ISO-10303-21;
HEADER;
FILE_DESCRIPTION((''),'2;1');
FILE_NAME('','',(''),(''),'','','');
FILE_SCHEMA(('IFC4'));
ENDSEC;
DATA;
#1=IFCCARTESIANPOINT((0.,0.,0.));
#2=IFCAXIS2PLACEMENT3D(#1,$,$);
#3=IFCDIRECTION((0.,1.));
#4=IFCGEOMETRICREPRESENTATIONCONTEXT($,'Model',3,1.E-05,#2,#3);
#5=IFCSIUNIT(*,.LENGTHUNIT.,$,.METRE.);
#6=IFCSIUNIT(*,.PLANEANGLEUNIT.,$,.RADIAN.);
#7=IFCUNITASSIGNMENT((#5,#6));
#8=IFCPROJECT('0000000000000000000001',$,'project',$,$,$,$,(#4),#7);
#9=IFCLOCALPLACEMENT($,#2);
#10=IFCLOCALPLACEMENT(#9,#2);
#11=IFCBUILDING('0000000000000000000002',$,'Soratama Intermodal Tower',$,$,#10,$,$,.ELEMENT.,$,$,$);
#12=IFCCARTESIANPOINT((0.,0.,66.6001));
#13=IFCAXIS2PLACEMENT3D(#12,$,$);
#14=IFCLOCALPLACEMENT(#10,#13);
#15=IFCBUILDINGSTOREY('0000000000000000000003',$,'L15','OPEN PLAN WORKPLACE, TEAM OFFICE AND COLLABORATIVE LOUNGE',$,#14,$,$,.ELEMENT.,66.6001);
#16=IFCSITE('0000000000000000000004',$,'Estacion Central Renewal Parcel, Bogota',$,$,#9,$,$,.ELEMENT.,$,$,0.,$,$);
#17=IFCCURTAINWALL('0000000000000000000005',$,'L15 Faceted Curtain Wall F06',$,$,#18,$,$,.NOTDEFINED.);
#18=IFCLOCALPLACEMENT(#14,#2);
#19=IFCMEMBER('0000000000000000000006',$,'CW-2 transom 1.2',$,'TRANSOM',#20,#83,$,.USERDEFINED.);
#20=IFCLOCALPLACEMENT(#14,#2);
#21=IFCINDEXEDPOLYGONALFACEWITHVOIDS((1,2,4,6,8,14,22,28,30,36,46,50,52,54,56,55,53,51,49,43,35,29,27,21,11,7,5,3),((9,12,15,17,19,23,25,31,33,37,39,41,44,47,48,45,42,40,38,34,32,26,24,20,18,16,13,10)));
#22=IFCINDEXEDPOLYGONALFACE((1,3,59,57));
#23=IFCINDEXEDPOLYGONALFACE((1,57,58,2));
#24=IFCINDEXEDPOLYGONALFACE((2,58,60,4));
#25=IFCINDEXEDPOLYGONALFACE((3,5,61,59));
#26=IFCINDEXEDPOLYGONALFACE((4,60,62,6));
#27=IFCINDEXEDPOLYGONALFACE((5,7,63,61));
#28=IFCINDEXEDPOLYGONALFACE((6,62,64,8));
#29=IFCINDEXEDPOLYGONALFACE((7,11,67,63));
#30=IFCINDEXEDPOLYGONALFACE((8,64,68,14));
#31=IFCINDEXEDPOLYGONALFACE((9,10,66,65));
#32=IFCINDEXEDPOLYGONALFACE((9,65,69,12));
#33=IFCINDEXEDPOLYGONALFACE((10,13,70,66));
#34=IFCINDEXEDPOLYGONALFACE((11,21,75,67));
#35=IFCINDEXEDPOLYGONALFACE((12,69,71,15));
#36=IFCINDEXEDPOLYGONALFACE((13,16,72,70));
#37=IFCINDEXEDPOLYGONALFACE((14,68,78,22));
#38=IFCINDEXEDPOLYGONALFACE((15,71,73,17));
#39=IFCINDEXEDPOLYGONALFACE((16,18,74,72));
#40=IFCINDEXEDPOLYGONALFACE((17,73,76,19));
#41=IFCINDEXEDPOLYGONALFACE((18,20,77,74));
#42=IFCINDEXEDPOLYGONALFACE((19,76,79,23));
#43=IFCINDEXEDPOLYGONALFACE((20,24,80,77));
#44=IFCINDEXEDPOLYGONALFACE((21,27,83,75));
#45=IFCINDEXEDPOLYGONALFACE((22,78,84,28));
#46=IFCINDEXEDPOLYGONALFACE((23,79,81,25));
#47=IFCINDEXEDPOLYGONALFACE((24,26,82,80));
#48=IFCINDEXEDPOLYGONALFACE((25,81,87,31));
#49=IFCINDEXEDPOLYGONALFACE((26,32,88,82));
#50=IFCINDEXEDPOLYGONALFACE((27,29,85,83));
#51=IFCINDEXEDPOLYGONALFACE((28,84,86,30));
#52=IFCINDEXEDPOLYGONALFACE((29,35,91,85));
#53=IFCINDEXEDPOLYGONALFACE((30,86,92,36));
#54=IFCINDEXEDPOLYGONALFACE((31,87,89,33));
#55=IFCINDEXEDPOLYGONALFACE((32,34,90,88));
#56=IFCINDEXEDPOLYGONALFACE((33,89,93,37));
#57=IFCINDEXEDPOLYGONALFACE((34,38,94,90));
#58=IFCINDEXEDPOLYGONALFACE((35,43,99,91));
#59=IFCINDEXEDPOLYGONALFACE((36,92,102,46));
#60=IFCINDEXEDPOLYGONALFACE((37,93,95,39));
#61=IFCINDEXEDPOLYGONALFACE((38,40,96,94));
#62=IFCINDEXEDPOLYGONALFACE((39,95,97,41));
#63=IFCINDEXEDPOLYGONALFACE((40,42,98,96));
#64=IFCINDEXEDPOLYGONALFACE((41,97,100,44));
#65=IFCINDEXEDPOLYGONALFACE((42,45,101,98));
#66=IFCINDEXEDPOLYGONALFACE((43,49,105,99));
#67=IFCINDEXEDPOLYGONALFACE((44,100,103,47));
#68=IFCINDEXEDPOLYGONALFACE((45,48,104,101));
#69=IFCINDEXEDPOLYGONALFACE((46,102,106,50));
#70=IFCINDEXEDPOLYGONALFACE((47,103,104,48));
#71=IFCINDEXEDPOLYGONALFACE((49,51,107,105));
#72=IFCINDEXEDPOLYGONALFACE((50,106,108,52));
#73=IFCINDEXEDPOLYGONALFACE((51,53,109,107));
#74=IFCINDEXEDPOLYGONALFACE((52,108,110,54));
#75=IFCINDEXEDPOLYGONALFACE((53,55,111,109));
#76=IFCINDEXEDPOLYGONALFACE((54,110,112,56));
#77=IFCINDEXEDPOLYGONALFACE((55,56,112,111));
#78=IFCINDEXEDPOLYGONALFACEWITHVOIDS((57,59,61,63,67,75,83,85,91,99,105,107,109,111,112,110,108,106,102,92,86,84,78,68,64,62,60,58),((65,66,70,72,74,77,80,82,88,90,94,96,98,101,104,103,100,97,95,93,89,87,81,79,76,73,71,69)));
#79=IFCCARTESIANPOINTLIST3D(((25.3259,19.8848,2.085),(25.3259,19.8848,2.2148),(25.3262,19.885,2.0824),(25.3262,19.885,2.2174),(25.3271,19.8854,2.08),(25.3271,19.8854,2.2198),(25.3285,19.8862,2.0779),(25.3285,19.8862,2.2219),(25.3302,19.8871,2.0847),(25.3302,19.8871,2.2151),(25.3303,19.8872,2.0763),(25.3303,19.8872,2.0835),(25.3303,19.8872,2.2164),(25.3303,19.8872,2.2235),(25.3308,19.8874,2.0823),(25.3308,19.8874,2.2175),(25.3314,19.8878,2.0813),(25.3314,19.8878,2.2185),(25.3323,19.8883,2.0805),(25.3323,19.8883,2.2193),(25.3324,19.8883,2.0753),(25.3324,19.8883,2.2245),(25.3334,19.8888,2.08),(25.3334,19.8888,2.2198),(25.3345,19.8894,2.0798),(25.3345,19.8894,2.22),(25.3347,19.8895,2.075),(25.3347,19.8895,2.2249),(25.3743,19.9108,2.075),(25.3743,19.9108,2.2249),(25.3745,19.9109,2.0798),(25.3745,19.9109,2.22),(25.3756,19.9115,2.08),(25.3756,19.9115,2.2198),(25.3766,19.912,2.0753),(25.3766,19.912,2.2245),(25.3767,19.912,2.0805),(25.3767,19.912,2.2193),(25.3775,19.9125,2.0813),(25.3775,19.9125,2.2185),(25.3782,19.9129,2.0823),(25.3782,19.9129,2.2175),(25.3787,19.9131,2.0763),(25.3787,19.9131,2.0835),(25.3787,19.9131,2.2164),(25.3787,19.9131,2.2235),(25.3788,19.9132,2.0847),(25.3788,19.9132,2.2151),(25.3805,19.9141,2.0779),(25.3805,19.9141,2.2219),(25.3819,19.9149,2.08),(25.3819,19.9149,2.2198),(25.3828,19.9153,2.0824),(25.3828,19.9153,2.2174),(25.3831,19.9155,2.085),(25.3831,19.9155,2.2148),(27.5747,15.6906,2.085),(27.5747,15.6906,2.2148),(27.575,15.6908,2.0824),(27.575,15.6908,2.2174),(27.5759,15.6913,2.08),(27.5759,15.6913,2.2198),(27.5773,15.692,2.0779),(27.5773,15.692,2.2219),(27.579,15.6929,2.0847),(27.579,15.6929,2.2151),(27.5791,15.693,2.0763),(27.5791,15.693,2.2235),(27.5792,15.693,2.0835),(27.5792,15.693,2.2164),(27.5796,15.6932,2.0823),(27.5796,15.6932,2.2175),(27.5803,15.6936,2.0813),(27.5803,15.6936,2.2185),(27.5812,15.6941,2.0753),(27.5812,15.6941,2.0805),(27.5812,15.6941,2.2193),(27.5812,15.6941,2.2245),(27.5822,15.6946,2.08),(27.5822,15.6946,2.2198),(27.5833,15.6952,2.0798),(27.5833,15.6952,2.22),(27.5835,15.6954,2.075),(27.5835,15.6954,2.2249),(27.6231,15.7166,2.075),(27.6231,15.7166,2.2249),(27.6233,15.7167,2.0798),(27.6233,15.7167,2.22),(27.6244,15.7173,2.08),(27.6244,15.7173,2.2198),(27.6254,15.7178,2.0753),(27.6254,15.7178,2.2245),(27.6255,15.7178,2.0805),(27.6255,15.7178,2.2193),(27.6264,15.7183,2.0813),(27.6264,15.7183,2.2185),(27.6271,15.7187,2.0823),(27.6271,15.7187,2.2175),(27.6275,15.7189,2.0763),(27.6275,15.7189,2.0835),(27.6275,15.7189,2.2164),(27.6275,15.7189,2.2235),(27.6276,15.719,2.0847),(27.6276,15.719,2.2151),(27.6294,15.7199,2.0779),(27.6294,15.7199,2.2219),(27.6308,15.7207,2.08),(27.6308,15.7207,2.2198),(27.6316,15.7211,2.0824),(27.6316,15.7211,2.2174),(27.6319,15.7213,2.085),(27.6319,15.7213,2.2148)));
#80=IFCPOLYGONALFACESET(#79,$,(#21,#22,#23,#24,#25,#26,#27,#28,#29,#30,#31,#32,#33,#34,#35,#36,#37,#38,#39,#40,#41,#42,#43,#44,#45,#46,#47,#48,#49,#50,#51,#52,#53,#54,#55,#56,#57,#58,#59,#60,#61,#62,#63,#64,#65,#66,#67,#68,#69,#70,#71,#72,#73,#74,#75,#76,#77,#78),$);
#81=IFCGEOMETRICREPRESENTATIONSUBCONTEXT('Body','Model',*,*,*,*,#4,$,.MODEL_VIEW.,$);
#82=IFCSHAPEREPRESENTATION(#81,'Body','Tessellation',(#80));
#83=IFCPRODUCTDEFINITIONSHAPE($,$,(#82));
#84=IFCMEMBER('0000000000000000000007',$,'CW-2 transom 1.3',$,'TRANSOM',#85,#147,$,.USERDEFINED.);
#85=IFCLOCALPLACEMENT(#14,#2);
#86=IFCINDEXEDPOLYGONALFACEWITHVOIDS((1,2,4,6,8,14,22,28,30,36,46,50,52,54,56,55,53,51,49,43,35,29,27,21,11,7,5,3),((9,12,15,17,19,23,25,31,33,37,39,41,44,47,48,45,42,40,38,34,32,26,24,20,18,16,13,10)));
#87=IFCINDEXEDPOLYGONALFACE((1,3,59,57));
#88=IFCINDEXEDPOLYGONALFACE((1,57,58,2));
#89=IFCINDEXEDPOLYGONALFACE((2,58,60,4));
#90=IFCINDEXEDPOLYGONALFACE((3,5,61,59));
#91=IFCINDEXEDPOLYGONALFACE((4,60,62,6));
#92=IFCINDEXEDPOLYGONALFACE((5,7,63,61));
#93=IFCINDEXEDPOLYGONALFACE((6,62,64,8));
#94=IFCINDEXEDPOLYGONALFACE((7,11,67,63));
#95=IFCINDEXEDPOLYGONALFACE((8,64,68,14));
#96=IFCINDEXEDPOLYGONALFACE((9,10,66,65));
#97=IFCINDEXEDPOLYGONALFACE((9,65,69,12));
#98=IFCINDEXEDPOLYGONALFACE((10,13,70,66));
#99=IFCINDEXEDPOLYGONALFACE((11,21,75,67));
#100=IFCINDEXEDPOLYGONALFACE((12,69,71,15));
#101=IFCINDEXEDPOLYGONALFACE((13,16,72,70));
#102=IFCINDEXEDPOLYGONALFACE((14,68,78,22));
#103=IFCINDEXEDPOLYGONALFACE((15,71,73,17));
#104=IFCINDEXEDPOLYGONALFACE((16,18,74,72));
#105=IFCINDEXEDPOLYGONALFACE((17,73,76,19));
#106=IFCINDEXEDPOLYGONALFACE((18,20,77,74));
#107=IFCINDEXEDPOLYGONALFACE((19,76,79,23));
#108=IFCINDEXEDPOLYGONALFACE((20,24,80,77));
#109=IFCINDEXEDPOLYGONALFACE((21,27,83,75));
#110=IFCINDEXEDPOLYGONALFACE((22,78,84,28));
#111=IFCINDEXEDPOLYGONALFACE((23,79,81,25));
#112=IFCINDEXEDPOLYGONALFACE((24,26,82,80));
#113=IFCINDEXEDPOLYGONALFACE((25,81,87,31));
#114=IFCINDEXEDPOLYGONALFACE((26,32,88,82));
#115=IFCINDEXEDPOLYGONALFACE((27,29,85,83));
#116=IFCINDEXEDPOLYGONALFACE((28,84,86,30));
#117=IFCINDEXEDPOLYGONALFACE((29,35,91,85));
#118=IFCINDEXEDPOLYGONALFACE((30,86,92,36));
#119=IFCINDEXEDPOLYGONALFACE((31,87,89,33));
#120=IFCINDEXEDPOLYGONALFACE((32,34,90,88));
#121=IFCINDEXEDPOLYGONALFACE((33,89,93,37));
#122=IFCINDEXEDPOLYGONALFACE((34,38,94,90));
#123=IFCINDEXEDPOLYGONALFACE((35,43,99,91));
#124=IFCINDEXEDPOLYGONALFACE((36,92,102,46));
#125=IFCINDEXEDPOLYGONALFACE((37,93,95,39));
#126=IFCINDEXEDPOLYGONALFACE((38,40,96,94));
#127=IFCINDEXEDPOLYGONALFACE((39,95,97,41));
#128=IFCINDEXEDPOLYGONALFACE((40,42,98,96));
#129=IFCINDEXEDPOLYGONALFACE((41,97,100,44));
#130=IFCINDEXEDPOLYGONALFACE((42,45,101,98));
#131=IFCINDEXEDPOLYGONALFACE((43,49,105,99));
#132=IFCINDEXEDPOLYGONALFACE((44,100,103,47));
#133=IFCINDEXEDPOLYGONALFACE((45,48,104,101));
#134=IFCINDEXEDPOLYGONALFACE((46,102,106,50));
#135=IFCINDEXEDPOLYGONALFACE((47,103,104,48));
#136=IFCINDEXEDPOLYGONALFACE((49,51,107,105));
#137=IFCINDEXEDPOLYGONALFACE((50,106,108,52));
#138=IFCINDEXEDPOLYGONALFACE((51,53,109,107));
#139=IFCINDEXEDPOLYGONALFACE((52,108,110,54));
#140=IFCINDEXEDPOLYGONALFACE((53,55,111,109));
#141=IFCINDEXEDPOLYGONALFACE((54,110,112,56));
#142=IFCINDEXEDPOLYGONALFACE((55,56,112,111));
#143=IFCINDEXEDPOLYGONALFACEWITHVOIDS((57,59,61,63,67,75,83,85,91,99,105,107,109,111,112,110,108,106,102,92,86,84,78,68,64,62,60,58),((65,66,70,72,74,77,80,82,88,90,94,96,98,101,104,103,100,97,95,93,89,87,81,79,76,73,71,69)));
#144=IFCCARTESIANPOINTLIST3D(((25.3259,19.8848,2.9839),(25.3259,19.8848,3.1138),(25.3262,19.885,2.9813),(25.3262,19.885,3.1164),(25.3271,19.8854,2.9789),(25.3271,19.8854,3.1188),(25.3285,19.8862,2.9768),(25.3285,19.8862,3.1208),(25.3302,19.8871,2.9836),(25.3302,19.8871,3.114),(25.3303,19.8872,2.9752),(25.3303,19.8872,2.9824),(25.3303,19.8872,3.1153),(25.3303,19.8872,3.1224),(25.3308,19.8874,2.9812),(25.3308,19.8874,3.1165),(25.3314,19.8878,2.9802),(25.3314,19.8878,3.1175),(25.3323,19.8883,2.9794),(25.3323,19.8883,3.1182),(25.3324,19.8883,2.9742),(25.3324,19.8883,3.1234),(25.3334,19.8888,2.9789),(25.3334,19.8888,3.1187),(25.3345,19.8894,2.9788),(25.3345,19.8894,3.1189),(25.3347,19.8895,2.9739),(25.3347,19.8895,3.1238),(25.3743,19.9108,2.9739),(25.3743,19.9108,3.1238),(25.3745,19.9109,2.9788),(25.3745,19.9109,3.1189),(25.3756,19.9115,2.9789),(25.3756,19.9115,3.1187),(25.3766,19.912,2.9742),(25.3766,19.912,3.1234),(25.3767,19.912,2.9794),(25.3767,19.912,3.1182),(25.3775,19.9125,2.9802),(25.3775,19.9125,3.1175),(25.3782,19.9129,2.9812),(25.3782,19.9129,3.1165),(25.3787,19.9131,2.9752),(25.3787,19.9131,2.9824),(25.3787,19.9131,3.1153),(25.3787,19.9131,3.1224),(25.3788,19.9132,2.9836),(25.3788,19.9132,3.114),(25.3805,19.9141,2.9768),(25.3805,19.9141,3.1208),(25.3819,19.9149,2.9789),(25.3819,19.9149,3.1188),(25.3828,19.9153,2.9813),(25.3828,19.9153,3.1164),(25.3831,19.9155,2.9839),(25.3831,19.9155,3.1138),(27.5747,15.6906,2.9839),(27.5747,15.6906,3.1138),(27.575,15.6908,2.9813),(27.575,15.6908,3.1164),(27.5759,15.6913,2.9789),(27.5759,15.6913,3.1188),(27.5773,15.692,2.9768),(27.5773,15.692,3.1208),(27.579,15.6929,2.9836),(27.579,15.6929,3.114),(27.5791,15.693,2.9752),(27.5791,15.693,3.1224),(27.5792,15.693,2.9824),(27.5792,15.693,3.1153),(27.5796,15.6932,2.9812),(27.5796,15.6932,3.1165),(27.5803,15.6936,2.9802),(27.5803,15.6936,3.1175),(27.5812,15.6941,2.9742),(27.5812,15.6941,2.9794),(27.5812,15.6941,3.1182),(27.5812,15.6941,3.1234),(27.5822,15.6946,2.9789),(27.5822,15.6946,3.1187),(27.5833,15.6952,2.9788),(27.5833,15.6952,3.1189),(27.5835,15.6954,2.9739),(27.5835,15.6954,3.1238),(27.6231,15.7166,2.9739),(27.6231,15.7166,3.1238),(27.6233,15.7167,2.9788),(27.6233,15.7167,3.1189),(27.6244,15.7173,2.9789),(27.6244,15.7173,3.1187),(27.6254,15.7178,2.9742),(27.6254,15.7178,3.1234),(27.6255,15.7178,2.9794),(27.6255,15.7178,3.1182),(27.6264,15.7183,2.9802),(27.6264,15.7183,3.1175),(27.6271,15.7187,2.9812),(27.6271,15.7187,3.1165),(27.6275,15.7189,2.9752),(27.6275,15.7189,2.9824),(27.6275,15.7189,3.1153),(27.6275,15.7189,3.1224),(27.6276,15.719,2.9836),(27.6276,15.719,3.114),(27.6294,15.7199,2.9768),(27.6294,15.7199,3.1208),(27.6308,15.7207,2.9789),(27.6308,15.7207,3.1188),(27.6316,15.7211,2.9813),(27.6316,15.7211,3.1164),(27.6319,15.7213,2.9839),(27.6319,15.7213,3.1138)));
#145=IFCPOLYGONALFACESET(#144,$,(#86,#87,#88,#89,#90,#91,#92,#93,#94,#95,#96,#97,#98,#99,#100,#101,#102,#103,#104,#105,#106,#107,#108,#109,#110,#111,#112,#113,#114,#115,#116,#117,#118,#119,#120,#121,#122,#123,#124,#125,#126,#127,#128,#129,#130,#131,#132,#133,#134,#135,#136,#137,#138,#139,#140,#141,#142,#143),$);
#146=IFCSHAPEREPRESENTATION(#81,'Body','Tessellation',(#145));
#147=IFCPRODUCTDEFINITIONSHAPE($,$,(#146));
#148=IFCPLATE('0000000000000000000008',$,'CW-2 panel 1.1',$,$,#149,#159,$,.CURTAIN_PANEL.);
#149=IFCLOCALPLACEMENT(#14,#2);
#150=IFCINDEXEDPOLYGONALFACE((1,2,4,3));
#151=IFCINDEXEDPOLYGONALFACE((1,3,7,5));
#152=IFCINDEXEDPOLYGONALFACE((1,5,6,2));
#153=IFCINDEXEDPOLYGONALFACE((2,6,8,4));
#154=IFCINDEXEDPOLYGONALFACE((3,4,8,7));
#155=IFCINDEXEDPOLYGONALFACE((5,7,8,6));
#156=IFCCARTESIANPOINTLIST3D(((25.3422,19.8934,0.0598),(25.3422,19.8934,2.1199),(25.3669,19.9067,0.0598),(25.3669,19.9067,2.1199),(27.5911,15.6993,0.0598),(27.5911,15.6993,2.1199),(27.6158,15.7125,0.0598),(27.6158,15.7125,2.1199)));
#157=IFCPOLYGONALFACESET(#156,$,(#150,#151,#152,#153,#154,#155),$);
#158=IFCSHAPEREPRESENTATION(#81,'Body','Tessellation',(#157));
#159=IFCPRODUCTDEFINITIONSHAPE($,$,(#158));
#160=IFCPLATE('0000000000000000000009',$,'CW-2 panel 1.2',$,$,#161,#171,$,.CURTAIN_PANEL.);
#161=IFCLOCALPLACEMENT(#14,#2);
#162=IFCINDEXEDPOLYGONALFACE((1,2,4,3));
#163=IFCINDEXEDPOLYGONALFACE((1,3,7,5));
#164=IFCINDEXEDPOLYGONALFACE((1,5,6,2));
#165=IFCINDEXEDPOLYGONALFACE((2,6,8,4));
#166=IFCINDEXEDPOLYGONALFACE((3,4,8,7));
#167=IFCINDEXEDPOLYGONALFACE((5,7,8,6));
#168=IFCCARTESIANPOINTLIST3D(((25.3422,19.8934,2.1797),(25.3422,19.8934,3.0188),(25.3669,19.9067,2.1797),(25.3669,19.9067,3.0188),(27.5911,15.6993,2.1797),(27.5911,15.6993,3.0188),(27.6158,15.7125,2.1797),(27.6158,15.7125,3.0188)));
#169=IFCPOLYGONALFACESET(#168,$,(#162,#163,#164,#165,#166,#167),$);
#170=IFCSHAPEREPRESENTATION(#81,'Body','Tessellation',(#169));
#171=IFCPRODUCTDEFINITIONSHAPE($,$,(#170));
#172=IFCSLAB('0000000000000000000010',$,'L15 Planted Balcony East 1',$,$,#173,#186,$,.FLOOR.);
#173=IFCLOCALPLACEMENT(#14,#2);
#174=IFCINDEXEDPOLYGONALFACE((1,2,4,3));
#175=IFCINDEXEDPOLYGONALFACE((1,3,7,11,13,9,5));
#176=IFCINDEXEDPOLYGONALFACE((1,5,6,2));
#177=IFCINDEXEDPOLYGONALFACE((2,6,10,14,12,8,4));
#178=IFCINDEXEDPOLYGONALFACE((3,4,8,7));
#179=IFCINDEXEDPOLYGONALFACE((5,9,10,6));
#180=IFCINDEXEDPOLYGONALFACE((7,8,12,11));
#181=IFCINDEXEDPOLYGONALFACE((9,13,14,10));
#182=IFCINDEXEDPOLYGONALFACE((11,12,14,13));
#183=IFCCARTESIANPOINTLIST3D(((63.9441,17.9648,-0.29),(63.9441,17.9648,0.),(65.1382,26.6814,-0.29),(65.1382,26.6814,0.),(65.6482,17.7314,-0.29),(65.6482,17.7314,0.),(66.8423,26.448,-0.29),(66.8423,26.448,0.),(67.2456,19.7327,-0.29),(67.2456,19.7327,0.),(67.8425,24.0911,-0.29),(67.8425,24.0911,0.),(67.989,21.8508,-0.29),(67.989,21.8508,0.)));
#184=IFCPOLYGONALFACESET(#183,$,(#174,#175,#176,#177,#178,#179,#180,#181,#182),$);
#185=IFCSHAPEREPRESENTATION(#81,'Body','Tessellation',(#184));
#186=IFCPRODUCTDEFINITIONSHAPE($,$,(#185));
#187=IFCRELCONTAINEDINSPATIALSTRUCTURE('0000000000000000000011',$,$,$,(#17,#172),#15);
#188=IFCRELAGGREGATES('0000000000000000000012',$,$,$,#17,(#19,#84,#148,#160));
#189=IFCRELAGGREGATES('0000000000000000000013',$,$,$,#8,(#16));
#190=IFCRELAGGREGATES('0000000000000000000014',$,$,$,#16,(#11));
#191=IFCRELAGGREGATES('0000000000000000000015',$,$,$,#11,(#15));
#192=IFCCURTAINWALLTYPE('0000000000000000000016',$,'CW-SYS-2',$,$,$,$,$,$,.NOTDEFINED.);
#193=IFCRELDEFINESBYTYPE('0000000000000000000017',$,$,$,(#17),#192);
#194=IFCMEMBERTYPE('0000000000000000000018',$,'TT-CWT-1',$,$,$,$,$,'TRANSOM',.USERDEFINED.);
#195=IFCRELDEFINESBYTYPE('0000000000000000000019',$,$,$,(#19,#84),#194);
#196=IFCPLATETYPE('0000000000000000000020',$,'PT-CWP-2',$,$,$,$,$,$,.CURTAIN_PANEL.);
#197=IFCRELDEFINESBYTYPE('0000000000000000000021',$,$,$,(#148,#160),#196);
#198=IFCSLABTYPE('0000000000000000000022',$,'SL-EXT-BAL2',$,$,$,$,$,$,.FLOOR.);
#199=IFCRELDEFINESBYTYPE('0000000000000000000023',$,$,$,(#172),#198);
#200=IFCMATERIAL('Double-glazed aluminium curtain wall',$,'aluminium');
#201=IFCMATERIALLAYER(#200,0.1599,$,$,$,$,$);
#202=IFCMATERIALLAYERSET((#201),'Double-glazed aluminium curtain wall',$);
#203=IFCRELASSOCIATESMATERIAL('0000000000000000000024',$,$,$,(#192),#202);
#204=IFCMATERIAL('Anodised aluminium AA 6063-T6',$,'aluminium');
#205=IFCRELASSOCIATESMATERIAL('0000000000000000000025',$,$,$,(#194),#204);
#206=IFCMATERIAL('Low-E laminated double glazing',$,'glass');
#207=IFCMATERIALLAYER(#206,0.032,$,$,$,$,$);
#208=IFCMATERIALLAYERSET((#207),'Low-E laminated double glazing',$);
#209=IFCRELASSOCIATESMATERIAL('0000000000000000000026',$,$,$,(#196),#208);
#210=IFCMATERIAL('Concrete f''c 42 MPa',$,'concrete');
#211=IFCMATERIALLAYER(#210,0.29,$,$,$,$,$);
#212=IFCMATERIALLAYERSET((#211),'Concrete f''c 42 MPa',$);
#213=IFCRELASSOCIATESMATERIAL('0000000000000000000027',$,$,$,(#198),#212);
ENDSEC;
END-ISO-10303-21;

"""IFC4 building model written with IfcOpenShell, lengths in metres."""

from ifc_helpers import new_model, si_unit, direction, frame, origin, origin_2d, place, context, subcontext, project, spatial, polyline, rectangle, hollow_rectangle, outline, extrude, material, layer, layer_set, material_profile, profile_set, type_object, element, aggregate, save


model = new_model("IFC4")

# Units and contexts
model_context = context("Model", 3, precision=1e-05, world=origin(), true_north=direction((0.0, 1.0)))
body_context = subcontext(model_context, "Body", "Model", "MODEL_VIEW")
ifc_project = project(units=[si_unit("LENGTHUNIT", "METRE"), si_unit("PLANEANGLEUNIT", "RADIAN")], contexts=[model_context])

# Site, building, storey
site_placement = place(None, origin())
site = spatial("IfcSite", under=ifc_project, at=site_placement, Name="Estacion Central Renewal Parcel, Bogota", CompositionType="ELEMENT", RefElevation=0.0)
building_placement = place(site_placement, origin())
building = spatial("IfcBuilding", under=site, at=building_placement, Name="Soratama Intermodal Tower", CompositionType="ELEMENT")
storey_placement = place(building_placement, frame((0.0, 0.0, 66.6001)))
storey = spatial("IfcBuildingStorey", under=building, at=storey_placement, Name="L15", Description="OPEN PLAN WORKPLACE, TEAM OFFICE AND COLLABORATIVE LOUNGE", CompositionType="ELEMENT", Elevation=66.6001)

# Curtain wall, members, plates
ifc_material_1 = material(Name="Double-glazed aluminium curtain wall", Category="aluminium")
ifc_layer_1 = layer(ifc_material_1, 0.1599)
ifc_layer_set_1 = layer_set([ifc_layer_1], Name="Double-glazed aluminium curtain wall")
curtain_wall_type = type_object("IfcCurtainWallType", Name="CW-SYS-2", PredefinedType="NOTDEFINED", material=ifc_layer_set_1)
curtain_wall_placement = place(storey_placement, origin())
curtain_wall = element("IfcCurtainWall", 1, at=curtain_wall_placement, inside=storey, type_object=curtain_wall_type, Name="L15 Faceted Curtain Wall F06", PredefinedType="NOTDEFINED")
ifc_material_2 = material(Name="Anodised aluminium AA 6063-T6", Category="aluminium")
ifc_material_profile_1 = material_profile(ifc_material_2, hollow_rectangle(XDim=0.0649, YDim=0.1499, WallThickness=0.0049, InnerFilletRadius=0.0049, OuterFilletRadius=0.01, at=origin_2d()), Name="CWT150X65X5")
ifc_profile_set_1 = profile_set([ifc_material_profile_1], Name="Anodised aluminium AA 6063-T6")
member_type_1 = type_object("IfcMemberType", Name="TT-CWT-1", ElementType="TRANSOM", PredefinedType="USERDEFINED", material=ifc_profile_set_1)
member_1_placement = place(storey_placement, frame((25.3545, 19.9001, 2.1499), z_axis=(0.472539, -0.88131, 0.0), x_axis=(0.88131, 0.472539, 0.0)))
member_1 = element("IfcMember", 2, at=member_1_placement, type_object=member_type_1, Name="CW-2 transom 1.2", ObjectType="TRANSOM", PredefinedType="USERDEFINED", context=body_context, shape_type="SweptSolid", body=[
    extrude(hollow_rectangle(XDim=0.0649, YDim=0.1499, WallThickness=0.0049, InnerFilletRadius=0.0049, OuterFilletRadius=0.01, at=origin_2d()), origin(), (0.0, 0.0, 1.0), 4.759),
])
member_2_placement = place(storey_placement, frame((25.3545, 19.9001, 3.0488), z_axis=(0.472539, -0.88131, 0.0), x_axis=(0.88131, 0.472539, 0.0)))
member_2 = element("IfcMember", 3, at=member_2_placement, type_object=member_type_1, Name="CW-2 transom 1.3", ObjectType="TRANSOM", PredefinedType="USERDEFINED", context=body_context, shape_type="SweptSolid", body=[
    extrude(hollow_rectangle(XDim=0.0649, YDim=0.1499, WallThickness=0.0049, InnerFilletRadius=0.0049, OuterFilletRadius=0.01, at=origin_2d()), origin(), (0.0, 0.0, 1.0), 4.759),
])
ifc_material_3 = material(Name="Low-E laminated double glazing", Category="glass")
ifc_layer_2 = layer(ifc_material_3, 0.032)
ifc_layer_set_2 = layer_set([ifc_layer_2], Name="Low-E laminated double glazing")
plate_type = type_object("IfcPlateType", Name="PT-CWP-2", PredefinedType="CURTAIN_PANEL", material=ifc_layer_set_2)
plate_1_placement = place(storey_placement, frame((26.479, 17.803, 0.0598), z_axis=(0.0, 0.0, 1.0), x_axis=(0.47255, -0.881304, 0.0)))
plate_1 = element("IfcPlate", 4, at=plate_1_placement, type_object=plate_type, Name="CW-2 panel 1.1", PredefinedType="CURTAIN_PANEL", context=body_context, shape_type="SweptSolid", body=[
    extrude(rectangle(XDim=4.759, YDim=0.0281, at=origin_2d()), origin(), (0.0, 0.0, 1.0), 2.0601),
])
plate_2_placement = place(storey_placement, frame((26.479, 17.803, 2.1797), z_axis=(0.0, 0.0, 1.0), x_axis=(0.47255, -0.881304, 0.0)))
plate_2 = element("IfcPlate", 5, at=plate_2_placement, type_object=plate_type, Name="CW-2 panel 1.2", PredefinedType="CURTAIN_PANEL", context=body_context, shape_type="SweptSolid", body=[
    extrude(rectangle(XDim=4.759, YDim=0.0281, at=origin_2d()), origin(), (0.0, 0.0, 1.0), 0.8391),
])
aggregate(curtain_wall, [member_1, member_2, plate_1, plate_2])

# Slab
ifc_material_4 = material(Name="Concrete f'c 42 MPa", Category="concrete")
ifc_layer_3 = layer(ifc_material_4, 0.29)
ifc_layer_set_3 = layer_set([ifc_layer_3], Name="Concrete f'c 42 MPa")
slab_type_1 = type_object("IfcSlabType", Name="SL-EXT-BAL2", PredefinedType="FLOOR", material=ifc_layer_set_3)
slab_1_placement = place(storey_placement, frame((0.0, 0.0, -0.29)))
element("IfcSlab", 6, at=slab_1_placement, inside=storey, type_object=slab_type_1, Name="L15 Planted Balcony East 1", PredefinedType="FLOOR", context=body_context, shape_type="SweptSolid", body=[
    extrude(outline(polyline([(63.9441, 17.9648), (65.1382, 26.6814), (66.8423, 26.448), (67.8425, 24.0911), (67.989, 21.8508), (67.2456, 19.7327), (65.6482, 17.7314), (63.9441, 17.9648)])), origin(), (0.0, 0.0, 1.0), 0.29),
])

save(model, "model.ifc")
